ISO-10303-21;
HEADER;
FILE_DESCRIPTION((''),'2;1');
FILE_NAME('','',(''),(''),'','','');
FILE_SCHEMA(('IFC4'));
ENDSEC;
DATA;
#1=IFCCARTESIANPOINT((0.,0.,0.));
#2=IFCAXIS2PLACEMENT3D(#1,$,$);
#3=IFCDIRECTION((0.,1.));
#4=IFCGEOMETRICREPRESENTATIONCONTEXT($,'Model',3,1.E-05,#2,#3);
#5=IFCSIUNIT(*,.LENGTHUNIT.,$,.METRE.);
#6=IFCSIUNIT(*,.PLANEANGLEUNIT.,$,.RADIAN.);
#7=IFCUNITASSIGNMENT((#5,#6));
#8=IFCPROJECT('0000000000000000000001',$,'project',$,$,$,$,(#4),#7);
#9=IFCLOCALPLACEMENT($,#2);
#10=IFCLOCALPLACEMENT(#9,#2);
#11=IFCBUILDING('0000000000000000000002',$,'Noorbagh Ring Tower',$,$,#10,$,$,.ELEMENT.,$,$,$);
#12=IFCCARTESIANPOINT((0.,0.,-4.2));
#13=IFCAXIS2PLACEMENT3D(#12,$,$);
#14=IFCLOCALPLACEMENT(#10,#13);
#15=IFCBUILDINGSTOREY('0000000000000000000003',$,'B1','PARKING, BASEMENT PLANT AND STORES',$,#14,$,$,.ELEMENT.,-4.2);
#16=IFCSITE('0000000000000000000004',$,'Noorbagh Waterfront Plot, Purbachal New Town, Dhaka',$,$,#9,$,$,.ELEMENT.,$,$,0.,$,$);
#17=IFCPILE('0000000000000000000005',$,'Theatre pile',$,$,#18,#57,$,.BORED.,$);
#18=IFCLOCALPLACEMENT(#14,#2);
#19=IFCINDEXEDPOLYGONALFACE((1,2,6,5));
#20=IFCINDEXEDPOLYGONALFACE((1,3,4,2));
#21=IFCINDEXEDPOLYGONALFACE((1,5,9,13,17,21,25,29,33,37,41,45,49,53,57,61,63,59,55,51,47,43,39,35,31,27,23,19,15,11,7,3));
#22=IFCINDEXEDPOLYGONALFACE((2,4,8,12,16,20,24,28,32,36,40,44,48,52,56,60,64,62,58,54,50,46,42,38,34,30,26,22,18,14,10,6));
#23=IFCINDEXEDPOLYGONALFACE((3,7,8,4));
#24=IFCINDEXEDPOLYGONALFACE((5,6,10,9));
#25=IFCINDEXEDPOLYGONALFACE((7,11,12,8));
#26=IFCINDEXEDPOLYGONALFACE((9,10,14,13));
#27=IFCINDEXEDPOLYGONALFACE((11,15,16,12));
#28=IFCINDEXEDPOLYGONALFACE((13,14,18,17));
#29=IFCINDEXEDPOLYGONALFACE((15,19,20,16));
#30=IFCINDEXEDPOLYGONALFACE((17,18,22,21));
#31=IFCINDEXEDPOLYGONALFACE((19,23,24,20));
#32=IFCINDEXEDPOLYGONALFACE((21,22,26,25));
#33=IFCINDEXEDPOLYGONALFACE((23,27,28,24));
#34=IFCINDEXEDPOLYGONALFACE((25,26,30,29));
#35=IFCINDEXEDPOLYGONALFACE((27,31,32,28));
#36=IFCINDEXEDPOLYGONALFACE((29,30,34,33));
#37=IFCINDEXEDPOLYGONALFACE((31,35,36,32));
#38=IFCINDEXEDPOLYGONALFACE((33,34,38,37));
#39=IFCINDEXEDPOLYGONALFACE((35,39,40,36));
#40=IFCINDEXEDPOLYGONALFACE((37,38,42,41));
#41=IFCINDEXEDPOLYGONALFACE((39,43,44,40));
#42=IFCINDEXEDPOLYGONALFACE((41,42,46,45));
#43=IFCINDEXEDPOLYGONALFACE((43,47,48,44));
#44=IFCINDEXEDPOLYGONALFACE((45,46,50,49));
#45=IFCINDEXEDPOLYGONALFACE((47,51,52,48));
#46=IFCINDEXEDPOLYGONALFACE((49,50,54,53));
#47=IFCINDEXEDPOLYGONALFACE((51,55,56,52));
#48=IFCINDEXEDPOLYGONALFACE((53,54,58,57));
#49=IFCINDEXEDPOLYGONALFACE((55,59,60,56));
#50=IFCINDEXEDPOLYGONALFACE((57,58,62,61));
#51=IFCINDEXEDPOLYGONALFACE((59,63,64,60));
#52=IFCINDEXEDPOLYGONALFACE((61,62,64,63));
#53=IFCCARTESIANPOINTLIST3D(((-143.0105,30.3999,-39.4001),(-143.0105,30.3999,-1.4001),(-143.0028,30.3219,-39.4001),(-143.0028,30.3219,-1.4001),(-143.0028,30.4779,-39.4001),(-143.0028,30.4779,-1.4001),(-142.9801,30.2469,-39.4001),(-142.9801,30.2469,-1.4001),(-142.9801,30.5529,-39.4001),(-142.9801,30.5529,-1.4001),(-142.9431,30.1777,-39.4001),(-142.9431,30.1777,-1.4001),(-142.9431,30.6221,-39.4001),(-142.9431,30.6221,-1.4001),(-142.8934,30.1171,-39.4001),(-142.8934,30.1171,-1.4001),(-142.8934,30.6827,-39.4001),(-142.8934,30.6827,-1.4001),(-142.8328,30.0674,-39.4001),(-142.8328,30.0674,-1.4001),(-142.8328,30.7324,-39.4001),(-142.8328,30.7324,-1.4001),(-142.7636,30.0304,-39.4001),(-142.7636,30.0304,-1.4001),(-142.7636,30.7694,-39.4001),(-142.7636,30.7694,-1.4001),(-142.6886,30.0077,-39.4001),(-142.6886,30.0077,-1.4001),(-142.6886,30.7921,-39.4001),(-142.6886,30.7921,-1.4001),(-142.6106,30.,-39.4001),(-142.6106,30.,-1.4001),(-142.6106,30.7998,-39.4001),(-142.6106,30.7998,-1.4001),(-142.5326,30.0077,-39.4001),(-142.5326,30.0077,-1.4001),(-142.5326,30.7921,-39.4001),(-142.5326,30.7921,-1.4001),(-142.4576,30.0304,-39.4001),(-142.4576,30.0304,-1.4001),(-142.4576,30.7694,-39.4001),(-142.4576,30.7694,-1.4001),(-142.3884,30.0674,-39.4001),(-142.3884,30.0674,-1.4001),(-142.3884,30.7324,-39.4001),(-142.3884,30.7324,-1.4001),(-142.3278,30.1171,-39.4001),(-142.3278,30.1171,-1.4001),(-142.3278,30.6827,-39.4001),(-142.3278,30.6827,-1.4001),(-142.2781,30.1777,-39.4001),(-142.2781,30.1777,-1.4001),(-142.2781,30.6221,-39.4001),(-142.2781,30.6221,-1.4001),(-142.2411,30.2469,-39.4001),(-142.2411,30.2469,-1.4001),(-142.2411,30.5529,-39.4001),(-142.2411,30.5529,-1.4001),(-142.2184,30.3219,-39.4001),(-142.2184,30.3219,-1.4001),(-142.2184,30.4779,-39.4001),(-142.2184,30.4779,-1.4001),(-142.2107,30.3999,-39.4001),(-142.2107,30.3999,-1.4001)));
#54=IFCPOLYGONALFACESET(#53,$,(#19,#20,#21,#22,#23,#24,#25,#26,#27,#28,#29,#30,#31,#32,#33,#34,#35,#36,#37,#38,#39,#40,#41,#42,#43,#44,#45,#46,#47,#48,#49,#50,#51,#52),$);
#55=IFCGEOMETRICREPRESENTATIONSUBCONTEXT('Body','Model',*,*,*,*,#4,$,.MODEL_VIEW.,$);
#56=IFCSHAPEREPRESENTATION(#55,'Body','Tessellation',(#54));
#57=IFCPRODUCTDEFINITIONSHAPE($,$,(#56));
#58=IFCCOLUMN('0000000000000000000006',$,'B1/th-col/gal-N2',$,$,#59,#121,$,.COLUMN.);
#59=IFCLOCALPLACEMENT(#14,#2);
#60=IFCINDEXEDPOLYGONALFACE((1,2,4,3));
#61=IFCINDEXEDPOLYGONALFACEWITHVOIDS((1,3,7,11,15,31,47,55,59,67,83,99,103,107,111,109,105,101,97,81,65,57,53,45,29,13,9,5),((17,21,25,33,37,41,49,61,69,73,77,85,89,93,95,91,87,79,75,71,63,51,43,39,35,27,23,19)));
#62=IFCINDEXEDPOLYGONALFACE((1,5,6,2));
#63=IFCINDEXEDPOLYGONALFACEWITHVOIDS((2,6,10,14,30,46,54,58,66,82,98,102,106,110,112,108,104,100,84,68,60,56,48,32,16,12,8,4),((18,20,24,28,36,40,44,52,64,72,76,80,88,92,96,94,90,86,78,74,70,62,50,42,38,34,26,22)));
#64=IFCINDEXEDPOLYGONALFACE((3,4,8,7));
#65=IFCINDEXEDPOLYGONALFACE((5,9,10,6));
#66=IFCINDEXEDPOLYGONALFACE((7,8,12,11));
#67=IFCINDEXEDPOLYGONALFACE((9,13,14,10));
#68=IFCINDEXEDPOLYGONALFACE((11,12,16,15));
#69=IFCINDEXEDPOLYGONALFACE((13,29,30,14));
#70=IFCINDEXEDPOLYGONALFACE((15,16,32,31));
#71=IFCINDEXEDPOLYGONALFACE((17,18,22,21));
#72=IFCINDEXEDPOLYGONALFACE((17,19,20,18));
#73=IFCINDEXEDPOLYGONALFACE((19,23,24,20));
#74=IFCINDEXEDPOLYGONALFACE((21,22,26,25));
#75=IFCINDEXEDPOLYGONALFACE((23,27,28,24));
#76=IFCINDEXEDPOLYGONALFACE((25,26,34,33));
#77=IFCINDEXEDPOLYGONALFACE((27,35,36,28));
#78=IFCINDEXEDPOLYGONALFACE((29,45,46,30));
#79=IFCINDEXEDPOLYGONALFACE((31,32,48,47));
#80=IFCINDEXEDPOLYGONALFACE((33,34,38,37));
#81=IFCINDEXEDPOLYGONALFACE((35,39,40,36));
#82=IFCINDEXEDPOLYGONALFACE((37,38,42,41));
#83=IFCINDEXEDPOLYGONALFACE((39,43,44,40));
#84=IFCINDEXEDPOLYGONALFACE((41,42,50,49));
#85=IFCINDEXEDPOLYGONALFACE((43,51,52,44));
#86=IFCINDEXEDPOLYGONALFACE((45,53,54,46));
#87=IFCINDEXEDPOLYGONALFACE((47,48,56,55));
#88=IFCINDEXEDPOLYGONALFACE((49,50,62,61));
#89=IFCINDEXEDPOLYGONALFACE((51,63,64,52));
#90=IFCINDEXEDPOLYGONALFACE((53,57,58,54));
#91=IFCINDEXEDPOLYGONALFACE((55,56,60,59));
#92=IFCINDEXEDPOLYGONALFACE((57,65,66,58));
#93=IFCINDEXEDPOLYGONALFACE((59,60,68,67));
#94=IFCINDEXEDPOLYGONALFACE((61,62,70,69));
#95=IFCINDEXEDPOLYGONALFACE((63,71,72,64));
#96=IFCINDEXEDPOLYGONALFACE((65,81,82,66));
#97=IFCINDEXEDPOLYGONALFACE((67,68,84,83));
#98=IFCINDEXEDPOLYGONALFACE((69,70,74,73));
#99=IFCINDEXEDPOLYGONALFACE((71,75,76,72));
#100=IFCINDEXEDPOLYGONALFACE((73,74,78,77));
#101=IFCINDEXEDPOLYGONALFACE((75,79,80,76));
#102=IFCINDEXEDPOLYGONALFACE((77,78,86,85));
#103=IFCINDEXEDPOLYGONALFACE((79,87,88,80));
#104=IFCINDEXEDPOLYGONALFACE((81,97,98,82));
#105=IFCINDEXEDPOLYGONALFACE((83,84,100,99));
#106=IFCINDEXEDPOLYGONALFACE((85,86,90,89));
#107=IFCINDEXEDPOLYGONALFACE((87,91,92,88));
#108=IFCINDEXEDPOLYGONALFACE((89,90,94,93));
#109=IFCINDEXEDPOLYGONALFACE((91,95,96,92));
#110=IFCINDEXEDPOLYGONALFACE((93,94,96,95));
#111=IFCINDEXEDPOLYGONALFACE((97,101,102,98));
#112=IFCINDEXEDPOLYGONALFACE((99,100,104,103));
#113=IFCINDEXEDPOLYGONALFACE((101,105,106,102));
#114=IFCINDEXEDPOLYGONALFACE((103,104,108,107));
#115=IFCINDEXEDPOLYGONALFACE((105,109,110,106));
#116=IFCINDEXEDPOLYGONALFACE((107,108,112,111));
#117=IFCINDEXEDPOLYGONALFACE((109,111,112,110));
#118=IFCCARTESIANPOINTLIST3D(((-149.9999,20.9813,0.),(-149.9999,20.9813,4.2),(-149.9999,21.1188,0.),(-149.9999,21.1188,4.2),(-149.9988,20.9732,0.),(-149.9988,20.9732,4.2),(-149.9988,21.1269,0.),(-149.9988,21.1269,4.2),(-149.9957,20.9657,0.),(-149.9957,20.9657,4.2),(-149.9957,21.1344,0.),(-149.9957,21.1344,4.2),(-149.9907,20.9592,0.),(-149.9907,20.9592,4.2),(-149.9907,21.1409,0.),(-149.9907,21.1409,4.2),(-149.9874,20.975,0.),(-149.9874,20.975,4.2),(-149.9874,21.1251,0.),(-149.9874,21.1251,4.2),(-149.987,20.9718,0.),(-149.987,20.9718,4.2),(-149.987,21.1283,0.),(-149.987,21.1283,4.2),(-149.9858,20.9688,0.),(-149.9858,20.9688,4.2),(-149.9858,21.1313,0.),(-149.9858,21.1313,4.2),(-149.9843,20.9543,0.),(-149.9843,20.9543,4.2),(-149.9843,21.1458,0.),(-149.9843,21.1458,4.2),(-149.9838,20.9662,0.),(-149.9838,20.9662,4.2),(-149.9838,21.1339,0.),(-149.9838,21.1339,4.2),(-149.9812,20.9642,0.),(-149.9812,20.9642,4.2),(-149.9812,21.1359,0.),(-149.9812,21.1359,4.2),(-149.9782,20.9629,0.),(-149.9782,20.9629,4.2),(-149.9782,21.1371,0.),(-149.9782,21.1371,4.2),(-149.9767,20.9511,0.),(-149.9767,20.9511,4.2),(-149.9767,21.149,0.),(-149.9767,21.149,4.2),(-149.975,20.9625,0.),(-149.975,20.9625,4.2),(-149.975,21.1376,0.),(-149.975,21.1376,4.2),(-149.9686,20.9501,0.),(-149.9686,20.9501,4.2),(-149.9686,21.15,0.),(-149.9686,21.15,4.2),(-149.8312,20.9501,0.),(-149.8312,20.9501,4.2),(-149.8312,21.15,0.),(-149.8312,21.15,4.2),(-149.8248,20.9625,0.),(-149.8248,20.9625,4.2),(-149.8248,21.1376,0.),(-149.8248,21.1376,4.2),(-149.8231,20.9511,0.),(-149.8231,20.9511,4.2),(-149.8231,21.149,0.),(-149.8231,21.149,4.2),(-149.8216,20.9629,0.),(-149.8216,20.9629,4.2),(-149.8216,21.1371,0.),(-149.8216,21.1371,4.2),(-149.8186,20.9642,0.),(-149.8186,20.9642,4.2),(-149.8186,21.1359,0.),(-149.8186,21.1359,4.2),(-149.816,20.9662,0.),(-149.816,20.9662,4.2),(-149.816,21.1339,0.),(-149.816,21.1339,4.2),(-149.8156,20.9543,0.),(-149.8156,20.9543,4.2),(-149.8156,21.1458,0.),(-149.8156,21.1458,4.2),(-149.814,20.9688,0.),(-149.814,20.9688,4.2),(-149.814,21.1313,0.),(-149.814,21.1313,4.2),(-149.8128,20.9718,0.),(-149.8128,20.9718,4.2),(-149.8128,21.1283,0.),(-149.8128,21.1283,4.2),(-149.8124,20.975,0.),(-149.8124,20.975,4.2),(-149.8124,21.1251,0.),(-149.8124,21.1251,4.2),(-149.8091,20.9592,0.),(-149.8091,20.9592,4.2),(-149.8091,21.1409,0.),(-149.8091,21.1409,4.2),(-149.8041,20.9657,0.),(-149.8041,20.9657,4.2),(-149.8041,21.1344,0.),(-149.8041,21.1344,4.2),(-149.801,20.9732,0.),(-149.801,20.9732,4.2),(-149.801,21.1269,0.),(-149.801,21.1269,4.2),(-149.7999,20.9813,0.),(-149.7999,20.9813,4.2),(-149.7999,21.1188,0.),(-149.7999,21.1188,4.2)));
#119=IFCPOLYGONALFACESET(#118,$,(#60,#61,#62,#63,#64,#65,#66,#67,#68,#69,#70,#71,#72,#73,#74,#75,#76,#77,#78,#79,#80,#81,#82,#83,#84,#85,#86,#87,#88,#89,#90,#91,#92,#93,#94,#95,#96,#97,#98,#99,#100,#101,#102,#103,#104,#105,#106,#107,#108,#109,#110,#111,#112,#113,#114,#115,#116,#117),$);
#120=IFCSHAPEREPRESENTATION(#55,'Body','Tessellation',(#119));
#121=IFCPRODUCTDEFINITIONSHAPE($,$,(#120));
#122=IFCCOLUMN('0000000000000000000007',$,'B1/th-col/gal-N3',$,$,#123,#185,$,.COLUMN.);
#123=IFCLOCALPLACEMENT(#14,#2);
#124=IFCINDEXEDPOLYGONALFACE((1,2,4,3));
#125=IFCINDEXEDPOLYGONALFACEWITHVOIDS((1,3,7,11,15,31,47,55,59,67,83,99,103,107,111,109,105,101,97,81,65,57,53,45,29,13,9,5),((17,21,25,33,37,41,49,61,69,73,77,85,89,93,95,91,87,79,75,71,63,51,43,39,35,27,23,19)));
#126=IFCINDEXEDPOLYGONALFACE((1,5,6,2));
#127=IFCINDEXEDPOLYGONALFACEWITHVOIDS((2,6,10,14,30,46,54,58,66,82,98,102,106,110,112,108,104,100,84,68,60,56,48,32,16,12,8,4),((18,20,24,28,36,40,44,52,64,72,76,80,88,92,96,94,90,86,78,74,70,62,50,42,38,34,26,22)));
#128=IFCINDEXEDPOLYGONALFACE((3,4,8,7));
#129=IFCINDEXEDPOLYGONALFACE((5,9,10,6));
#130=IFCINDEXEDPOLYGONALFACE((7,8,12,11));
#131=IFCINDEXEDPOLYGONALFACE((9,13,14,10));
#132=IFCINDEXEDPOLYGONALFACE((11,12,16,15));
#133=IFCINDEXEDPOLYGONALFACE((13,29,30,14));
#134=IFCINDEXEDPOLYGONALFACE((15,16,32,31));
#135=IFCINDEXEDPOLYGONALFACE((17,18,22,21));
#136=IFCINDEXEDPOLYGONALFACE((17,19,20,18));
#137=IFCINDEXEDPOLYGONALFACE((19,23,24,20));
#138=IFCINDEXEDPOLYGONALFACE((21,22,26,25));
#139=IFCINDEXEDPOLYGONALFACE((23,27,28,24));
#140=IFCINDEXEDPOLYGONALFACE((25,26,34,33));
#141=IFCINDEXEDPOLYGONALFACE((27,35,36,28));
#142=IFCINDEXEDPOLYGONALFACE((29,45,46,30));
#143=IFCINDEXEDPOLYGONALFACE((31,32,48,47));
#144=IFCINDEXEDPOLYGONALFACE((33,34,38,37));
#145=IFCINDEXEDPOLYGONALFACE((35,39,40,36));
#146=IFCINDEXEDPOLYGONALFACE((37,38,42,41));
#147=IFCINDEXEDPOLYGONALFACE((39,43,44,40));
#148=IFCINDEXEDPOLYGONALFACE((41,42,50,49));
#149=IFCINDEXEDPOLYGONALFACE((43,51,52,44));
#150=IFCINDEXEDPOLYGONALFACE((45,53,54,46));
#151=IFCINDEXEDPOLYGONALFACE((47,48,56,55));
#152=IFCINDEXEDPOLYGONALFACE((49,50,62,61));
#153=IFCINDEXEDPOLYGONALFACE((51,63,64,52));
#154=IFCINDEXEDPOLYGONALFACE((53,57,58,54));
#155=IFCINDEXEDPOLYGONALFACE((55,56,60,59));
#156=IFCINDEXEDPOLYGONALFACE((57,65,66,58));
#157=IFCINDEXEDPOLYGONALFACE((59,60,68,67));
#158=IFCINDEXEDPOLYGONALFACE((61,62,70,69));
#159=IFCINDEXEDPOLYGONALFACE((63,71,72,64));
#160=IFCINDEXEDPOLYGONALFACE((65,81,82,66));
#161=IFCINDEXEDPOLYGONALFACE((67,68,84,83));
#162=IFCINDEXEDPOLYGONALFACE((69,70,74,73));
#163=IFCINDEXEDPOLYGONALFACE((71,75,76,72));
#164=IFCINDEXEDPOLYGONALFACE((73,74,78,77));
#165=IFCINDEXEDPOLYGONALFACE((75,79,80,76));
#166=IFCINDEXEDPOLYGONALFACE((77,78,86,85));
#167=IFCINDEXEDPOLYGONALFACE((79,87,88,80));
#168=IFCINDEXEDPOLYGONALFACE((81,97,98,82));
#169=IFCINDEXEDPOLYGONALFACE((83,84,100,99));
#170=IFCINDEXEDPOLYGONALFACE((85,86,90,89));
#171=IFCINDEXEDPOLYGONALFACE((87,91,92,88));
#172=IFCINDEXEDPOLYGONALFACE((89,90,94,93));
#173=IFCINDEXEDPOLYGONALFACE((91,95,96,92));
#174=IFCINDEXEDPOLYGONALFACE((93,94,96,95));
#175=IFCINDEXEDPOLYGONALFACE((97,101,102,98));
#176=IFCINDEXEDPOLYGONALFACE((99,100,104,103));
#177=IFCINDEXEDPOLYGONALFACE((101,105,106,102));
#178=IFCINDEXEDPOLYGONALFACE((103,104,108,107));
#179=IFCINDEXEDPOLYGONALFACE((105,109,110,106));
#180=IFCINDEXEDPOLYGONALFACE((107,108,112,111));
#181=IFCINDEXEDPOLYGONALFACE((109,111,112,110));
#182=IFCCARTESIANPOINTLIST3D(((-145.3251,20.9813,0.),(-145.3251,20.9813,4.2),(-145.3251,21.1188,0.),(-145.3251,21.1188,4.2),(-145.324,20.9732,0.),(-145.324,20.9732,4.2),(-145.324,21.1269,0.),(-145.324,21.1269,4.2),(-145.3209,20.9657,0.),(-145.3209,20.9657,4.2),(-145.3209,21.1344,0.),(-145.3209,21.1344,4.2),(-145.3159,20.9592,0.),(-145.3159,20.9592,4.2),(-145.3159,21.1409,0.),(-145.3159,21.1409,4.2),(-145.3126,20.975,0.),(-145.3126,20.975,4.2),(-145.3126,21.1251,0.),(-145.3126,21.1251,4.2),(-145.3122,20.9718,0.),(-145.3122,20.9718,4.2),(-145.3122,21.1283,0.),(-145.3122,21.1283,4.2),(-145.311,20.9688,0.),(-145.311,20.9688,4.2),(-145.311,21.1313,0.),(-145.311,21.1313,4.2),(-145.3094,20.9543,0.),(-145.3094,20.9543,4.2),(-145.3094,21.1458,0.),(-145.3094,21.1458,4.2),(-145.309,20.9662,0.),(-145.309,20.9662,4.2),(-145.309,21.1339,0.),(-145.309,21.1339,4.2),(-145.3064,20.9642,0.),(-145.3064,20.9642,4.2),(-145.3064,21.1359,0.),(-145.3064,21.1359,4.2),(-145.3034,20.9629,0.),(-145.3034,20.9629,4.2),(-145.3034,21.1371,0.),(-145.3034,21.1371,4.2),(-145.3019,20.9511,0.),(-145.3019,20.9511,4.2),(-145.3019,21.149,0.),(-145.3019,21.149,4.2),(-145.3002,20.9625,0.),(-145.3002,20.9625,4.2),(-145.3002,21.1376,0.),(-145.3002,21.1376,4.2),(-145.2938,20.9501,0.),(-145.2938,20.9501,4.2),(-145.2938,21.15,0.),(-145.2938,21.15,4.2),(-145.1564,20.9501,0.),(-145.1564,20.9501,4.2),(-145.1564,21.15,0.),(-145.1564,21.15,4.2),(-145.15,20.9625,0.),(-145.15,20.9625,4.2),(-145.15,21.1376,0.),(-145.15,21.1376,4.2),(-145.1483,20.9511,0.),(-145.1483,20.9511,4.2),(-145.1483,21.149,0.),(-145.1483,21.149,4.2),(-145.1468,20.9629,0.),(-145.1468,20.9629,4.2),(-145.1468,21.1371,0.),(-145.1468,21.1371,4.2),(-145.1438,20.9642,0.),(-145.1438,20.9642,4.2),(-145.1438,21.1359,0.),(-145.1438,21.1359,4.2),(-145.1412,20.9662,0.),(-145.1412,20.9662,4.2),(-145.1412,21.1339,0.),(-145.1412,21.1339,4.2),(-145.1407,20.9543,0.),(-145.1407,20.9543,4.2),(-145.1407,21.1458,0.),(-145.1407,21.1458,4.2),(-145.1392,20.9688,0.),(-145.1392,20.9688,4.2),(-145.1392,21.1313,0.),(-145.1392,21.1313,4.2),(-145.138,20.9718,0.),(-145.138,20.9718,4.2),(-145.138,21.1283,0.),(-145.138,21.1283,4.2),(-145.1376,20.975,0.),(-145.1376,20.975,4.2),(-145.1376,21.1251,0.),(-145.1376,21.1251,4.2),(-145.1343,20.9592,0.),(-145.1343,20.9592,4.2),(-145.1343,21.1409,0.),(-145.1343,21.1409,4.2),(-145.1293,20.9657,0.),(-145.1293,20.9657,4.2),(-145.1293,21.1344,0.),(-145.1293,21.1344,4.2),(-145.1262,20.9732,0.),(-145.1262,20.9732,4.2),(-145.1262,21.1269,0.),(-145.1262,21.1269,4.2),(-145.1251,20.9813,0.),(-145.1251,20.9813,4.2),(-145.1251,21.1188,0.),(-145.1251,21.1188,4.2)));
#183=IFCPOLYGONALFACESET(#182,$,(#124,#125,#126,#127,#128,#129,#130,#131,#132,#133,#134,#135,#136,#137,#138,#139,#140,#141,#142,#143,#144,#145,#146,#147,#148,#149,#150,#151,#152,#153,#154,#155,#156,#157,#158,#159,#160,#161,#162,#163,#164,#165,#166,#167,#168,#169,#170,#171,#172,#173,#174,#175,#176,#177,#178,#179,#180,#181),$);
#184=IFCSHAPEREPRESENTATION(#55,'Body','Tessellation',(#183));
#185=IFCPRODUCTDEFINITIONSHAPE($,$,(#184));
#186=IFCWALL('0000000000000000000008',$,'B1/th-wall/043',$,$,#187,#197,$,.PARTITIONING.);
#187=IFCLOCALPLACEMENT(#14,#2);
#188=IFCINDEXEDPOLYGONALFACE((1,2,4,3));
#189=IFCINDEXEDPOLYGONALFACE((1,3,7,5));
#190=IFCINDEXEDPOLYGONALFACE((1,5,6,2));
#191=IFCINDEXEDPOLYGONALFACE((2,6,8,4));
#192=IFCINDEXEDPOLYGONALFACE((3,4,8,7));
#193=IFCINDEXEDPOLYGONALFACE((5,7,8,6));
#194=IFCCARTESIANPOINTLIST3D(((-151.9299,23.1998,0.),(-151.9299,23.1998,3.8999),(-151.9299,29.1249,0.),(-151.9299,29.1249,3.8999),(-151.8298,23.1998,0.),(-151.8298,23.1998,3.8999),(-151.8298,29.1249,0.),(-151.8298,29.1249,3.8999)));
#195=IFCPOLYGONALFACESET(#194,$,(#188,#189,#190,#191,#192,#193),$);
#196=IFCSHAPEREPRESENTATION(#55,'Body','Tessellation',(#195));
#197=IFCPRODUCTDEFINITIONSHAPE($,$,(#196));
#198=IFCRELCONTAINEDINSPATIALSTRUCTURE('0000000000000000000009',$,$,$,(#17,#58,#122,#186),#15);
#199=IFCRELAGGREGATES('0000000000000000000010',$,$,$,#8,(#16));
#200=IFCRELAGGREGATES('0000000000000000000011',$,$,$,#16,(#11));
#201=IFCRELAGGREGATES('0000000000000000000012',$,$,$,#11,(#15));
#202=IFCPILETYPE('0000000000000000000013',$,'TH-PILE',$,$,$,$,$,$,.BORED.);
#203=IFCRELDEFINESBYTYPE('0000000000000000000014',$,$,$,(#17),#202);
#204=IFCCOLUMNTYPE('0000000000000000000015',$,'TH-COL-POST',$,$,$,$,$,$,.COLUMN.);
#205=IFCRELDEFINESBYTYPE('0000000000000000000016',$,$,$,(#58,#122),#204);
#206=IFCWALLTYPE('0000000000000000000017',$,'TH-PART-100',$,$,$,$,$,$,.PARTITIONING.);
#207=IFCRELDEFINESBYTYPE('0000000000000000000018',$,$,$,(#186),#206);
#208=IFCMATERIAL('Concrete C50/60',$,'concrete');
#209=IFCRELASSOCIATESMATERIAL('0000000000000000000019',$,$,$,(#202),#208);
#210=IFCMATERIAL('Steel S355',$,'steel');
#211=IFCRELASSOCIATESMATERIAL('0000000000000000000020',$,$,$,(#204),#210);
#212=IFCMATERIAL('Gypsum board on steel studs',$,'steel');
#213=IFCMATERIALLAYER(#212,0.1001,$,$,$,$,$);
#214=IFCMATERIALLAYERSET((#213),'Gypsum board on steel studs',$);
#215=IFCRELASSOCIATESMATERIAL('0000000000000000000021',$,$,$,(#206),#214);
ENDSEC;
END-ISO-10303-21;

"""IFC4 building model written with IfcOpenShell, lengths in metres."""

from ifc_helpers import new_model, si_unit, direction, frame, frame_2d, origin, origin_2d, place, context, subcontext, project, spatial, rectangle, hollow_rectangle, circle, extrude, material, layer, layer_set, material_profile, profile_set, type_object, element, save


model = new_model("IFC4")

# Units and contexts
model_context = context("Model", 3, precision=1e-05, world=origin(), true_north=direction((0.0, 1.0)))
body_context = subcontext(model_context, "Body", "Model", "MODEL_VIEW")
ifc_project = project(units=[si_unit("LENGTHUNIT", "METRE"), si_unit("PLANEANGLEUNIT", "RADIAN")], contexts=[model_context])

# Site, building, storey
site_placement = place(None, origin())
site = spatial("IfcSite", under=ifc_project, at=site_placement, Name="Noorbagh Waterfront Plot, Purbachal New Town, Dhaka", CompositionType="ELEMENT", RefElevation=0.0)
building_placement = place(site_placement, origin())
building = spatial("IfcBuilding", under=site, at=building_placement, Name="Noorbagh Ring Tower", CompositionType="ELEMENT")
storey_placement = place(building_placement, frame((0.0, 0.0, -4.2)))
storey = spatial("IfcBuildingStorey", under=building, at=storey_placement, Name="B1", Description="PARKING, BASEMENT PLANT AND STORES", CompositionType="ELEMENT", Elevation=-4.2)

# Pile
ifc_material_1 = material(Name="Concrete C50/60", Category="concrete")
ifc_material_profile_1 = material_profile(ifc_material_1, circle(Radius=0.3999, at=origin_2d()), Name="PILE800")
ifc_profile_set_1 = profile_set([ifc_material_profile_1], Name="Concrete C50/60")
pile_type = type_object("IfcPileType", Name="TH-PILE", PredefinedType="BORED", material=ifc_profile_set_1)
for number, where, z_axis, x_axis, name in (
    (1, (-142.6106, 30.3999, -1.4001), (0.0, 0.0, -1.0), (1.0, 0.0, 0.0), "Theatre pile"),
):
    element("IfcPile", number, at=place(storey_placement, frame(where, z_axis=z_axis, x_axis=x_axis)), inside=storey, type_object=pile_type, Name=name, PredefinedType="BORED", context=body_context, shape_type="SweptSolid", body=[
        extrude(circle(Radius=0.3999, at=origin_2d()), origin(), (0.0, 0.0, 1.0), 38.0),
    ])

# Columns
ifc_material_2 = material(Name="Steel S355", Category="steel")
ifc_material_profile_2 = material_profile(ifc_material_2, hollow_rectangle(XDim=0.2, YDim=0.2, WallThickness=0.0125, InnerFilletRadius=0.0125, OuterFilletRadius=0.0312, at=origin_2d()), Name="SHS200x200x12.5")
ifc_profile_set_2 = profile_set([ifc_material_profile_2], Name="Steel S355")
column_type = type_object("IfcColumnType", Name="TH-COL-POST", PredefinedType="COLUMN", material=ifc_profile_set_2)
for number, where, z_axis, x_axis, name in (
    (2, (-149.8999, 21.05, 0.0), (0.0, 0.0, 1.0), (1.0, 0.0, 0.0), "B1/th-col/gal-N2"),
    (3, (-145.2251, 21.05, 0.0), (0.0, 0.0, 1.0), (1.0, 0.0, 0.0), "B1/th-col/gal-N3"),
):
    element("IfcColumn", number, at=place(storey_placement, frame(where, z_axis=z_axis, x_axis=x_axis)), inside=storey, type_object=column_type, Name=name, PredefinedType="COLUMN", context=body_context, shape_type="SweptSolid", body=[
        extrude(hollow_rectangle(XDim=0.2, YDim=0.2, WallThickness=0.0125, InnerFilletRadius=0.0125, OuterFilletRadius=0.0312, at=origin_2d()), origin(), (0.0, 0.0, 1.0), 4.2),
    ])

# Wall
ifc_material_3 = material(Name="Gypsum board on steel studs", Category="steel")
ifc_layer = layer(ifc_material_3, 0.1001)
ifc_layer_set = layer_set([ifc_layer], Name="Gypsum board on steel studs")
wall_type = type_object("IfcWallType", Name="TH-PART-100", PredefinedType="PARTITIONING", material=ifc_layer_set)
for number, where, z_axis, x_axis, name in (
    (4, (-151.8799, 23.2, 0.0), (0.0, 0.0, 1.0), (0.0, 1.0, 0.0), "B1/th-wall/043"),
):
    element("IfcWall", number, at=place(storey_placement, frame(where, z_axis=z_axis, x_axis=x_axis)), inside=storey, type_object=wall_type, Name=name, PredefinedType="PARTITIONING", context=body_context, shape_type="SweptSolid", body=[
        extrude(rectangle(XDim=5.925, YDim=0.1001, at=frame_2d((2.9624, 0.0))), origin(), (0.0, 0.0, 1.0), 3.8999),
    ])

save(model, "model.ifc")
